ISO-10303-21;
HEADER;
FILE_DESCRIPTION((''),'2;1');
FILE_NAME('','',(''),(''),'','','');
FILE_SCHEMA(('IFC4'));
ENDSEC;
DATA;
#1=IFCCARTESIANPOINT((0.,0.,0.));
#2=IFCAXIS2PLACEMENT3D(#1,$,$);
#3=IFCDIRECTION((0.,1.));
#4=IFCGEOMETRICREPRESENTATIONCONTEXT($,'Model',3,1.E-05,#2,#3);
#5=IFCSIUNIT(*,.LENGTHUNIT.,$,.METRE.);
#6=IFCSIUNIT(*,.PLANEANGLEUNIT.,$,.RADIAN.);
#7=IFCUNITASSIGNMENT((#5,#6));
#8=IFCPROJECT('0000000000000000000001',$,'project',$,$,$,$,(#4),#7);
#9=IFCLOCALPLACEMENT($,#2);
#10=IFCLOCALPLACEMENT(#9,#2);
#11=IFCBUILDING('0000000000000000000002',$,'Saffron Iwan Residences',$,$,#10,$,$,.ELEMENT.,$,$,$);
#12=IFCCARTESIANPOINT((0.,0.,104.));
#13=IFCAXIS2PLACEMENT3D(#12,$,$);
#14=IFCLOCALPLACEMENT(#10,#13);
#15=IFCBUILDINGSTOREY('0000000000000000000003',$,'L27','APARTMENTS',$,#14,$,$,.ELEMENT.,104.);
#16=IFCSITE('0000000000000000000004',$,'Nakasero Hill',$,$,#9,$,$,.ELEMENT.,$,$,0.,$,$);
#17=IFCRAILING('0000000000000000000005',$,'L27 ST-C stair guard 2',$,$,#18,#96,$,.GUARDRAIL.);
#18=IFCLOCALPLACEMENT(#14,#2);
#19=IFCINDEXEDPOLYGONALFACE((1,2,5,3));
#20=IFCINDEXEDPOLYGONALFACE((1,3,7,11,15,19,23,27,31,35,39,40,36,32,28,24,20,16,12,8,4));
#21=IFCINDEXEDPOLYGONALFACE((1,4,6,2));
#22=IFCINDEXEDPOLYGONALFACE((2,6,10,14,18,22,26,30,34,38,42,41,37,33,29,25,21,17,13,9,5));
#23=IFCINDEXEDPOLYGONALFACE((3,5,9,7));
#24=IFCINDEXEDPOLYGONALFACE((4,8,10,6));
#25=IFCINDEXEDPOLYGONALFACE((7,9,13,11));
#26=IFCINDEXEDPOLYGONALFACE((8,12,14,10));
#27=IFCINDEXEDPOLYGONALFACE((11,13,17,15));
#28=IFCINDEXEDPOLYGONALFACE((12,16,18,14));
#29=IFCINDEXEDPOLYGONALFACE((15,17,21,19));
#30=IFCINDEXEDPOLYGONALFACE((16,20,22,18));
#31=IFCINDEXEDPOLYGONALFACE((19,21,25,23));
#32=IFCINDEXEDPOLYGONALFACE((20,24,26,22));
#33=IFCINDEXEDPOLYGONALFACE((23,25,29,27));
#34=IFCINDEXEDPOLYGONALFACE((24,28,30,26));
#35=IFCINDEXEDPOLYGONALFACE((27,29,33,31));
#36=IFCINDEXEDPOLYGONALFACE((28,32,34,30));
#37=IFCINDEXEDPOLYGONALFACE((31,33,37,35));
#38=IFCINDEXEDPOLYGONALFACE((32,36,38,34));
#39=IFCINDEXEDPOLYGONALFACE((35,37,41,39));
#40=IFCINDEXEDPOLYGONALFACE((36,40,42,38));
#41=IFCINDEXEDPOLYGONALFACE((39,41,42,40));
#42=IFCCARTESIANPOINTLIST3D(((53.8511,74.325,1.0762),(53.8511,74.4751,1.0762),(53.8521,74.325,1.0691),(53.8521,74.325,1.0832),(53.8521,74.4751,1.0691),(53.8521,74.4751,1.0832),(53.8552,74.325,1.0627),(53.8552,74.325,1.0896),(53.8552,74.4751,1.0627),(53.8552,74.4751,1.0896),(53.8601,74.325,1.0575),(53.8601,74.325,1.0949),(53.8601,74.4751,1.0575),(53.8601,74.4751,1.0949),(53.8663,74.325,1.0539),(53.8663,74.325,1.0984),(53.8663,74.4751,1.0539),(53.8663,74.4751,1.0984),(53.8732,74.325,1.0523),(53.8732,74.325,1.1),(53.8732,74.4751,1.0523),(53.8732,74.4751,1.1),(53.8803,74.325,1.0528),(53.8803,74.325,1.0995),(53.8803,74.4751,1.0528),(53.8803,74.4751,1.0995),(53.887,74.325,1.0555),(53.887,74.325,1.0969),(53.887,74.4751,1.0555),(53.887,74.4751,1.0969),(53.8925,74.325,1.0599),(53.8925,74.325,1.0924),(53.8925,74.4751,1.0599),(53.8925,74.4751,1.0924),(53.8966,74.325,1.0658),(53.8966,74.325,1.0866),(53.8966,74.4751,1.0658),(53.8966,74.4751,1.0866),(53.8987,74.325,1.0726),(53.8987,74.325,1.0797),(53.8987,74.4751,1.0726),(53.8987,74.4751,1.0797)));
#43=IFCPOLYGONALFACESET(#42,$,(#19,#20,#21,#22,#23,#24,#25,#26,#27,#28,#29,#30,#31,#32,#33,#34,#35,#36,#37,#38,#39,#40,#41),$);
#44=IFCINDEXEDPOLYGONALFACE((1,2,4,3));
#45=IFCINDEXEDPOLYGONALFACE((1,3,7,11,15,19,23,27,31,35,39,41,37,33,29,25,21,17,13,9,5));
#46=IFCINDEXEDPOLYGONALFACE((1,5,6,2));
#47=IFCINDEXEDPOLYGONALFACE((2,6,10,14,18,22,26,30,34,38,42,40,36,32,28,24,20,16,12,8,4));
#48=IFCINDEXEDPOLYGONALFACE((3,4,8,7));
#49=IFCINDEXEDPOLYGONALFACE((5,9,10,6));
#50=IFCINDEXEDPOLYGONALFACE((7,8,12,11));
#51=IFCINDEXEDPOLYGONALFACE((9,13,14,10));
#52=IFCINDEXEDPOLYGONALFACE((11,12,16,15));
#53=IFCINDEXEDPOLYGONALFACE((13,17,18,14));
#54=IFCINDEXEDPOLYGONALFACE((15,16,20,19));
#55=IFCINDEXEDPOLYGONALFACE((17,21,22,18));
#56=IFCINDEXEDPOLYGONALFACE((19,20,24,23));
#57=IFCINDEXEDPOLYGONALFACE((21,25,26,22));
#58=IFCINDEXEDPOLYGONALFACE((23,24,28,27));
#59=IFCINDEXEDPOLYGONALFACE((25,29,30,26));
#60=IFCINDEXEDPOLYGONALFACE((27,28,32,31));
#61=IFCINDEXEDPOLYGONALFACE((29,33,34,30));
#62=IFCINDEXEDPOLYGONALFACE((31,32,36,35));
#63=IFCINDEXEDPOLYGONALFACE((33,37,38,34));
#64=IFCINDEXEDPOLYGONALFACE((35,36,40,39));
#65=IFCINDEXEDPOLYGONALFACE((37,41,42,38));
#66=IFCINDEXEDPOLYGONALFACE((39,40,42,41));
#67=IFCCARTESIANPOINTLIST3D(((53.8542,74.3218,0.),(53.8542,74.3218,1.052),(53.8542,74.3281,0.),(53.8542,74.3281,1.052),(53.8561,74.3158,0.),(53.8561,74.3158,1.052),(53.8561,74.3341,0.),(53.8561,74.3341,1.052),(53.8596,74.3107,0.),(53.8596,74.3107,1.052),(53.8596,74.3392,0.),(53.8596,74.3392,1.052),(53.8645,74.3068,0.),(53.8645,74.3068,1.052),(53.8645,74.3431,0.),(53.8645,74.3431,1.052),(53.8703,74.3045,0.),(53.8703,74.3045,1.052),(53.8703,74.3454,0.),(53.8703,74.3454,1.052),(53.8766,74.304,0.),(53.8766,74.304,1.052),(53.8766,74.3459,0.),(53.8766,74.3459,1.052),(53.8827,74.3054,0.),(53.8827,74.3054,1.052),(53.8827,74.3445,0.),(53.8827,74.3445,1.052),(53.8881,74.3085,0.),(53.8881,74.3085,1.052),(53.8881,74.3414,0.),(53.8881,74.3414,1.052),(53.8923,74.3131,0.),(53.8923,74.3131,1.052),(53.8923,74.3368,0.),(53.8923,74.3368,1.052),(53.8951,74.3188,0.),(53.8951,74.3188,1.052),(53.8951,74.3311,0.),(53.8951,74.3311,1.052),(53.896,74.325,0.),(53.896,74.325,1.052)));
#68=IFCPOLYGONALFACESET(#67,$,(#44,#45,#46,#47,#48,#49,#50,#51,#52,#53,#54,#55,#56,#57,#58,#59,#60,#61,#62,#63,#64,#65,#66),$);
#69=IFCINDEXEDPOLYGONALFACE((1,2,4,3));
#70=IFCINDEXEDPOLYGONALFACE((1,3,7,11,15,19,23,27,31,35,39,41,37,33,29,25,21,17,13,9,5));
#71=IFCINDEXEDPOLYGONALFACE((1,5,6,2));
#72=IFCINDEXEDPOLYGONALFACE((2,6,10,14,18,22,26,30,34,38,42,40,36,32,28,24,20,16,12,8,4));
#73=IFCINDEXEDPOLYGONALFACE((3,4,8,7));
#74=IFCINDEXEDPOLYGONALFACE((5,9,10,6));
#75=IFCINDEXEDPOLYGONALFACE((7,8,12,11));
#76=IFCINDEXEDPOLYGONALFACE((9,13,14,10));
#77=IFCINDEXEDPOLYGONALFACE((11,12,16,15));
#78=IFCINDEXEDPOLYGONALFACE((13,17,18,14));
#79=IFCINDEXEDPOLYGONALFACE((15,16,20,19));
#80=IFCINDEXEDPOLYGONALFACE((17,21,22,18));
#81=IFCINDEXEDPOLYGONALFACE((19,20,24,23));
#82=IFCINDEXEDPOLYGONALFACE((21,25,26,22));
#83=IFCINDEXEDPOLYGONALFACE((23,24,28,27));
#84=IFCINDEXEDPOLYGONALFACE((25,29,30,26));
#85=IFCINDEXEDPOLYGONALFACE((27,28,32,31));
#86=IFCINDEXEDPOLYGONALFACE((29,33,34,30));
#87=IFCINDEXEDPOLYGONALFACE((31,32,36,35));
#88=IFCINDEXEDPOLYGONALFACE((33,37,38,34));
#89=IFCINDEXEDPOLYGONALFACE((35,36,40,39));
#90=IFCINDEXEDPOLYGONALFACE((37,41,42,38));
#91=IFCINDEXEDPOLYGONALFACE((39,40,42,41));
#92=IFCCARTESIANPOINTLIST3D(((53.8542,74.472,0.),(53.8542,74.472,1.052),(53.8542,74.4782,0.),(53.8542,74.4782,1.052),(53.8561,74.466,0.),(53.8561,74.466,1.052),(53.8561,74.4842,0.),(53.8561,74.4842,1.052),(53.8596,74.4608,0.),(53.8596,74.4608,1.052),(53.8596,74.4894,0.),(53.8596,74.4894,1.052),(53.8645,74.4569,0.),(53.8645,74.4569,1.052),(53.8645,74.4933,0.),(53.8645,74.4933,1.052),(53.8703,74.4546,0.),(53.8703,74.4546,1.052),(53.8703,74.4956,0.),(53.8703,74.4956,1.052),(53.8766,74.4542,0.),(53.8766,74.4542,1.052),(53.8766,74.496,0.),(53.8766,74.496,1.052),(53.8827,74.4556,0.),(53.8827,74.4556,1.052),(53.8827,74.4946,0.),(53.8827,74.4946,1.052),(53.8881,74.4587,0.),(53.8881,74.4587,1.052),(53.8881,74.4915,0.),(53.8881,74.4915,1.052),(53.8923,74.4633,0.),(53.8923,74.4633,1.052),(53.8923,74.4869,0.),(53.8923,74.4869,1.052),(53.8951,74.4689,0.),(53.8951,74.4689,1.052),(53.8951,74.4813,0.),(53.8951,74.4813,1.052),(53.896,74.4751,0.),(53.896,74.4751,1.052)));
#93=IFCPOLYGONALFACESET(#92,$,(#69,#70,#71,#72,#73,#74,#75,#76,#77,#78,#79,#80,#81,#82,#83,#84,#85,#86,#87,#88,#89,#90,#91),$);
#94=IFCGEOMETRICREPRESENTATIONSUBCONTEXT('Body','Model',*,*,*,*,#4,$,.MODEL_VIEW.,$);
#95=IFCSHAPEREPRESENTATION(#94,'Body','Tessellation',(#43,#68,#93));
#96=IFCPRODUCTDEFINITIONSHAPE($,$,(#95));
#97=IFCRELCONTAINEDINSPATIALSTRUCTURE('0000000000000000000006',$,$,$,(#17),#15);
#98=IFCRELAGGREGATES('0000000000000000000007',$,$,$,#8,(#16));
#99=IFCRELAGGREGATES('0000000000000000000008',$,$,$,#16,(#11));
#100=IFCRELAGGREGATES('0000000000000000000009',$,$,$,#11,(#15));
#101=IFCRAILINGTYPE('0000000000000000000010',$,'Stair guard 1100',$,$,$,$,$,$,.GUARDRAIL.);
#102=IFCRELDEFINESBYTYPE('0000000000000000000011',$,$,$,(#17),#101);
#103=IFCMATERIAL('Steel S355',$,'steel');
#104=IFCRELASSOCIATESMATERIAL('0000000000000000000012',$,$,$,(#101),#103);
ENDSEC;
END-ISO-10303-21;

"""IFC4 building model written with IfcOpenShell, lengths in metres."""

from ifc_helpers import new_model, si_unit, direction, frame, origin, origin_2d, place, context, subcontext, project, spatial, circle, extrude, material, type_object, element, save


model = new_model("IFC4")

# Units and contexts
model_context = context("Model", 3, precision=1e-05, world=origin(), true_north=direction((0.0, 1.0)))
body_context = subcontext(model_context, "Body", "Model", "MODEL_VIEW")
ifc_project = project(units=[si_unit("LENGTHUNIT", "METRE"), si_unit("PLANEANGLEUNIT", "RADIAN")], contexts=[model_context])

# Site, building, storey
site_placement = place(None, origin())
site = spatial("IfcSite", under=ifc_project, at=site_placement, Name="Nakasero Hill", CompositionType="ELEMENT", RefElevation=0.0)
building_placement = place(site_placement, origin())
building = spatial("IfcBuilding", under=site, at=building_placement, Name="Saffron Iwan Residences", CompositionType="ELEMENT")
storey_placement = place(building_placement, frame((0.0, 0.0, 104.0)))
storey = spatial("IfcBuildingStorey", under=building, at=storey_placement, Name="L27", Description="APARTMENTS", CompositionType="ELEMENT", Elevation=104.0)

# Railing
ifc_material_1 = material(Name="Steel S355", Category="steel")
railing_type_1 = type_object("IfcRailingType", Name="Stair guard 1100", PredefinedType="GUARDRAIL", material=ifc_material_1)
railing_1_placement = place(storey_placement, frame((53.875, 74.325, 0.0)))
element("IfcRailing", 1, at=railing_1_placement, inside=storey, type_object=railing_type_1, Name="L27 ST-C stair guard 2", PredefinedType="GUARDRAIL", context=body_context, shape_type="SweptSolid", body=[
    extrude(circle(Radius=0.0239, at=origin_2d()), frame((0.0, 0.0, 1.0762), z_axis=(0.0, 1.0, 0.0), x_axis=(-1.0, 0.0, 0.0)), (0.0, 0.0, 1.0), 0.1501),
    extrude(circle(Radius=0.021, at=origin_2d()), origin(), (0.0, 0.0, 1.0), 1.052),
    extrude(circle(Radius=0.021, at=origin_2d()), frame((0.0, 0.1501, 0.0)), (0.0, 0.0, 1.0), 1.052),
])

save(model, "model.ifc")
